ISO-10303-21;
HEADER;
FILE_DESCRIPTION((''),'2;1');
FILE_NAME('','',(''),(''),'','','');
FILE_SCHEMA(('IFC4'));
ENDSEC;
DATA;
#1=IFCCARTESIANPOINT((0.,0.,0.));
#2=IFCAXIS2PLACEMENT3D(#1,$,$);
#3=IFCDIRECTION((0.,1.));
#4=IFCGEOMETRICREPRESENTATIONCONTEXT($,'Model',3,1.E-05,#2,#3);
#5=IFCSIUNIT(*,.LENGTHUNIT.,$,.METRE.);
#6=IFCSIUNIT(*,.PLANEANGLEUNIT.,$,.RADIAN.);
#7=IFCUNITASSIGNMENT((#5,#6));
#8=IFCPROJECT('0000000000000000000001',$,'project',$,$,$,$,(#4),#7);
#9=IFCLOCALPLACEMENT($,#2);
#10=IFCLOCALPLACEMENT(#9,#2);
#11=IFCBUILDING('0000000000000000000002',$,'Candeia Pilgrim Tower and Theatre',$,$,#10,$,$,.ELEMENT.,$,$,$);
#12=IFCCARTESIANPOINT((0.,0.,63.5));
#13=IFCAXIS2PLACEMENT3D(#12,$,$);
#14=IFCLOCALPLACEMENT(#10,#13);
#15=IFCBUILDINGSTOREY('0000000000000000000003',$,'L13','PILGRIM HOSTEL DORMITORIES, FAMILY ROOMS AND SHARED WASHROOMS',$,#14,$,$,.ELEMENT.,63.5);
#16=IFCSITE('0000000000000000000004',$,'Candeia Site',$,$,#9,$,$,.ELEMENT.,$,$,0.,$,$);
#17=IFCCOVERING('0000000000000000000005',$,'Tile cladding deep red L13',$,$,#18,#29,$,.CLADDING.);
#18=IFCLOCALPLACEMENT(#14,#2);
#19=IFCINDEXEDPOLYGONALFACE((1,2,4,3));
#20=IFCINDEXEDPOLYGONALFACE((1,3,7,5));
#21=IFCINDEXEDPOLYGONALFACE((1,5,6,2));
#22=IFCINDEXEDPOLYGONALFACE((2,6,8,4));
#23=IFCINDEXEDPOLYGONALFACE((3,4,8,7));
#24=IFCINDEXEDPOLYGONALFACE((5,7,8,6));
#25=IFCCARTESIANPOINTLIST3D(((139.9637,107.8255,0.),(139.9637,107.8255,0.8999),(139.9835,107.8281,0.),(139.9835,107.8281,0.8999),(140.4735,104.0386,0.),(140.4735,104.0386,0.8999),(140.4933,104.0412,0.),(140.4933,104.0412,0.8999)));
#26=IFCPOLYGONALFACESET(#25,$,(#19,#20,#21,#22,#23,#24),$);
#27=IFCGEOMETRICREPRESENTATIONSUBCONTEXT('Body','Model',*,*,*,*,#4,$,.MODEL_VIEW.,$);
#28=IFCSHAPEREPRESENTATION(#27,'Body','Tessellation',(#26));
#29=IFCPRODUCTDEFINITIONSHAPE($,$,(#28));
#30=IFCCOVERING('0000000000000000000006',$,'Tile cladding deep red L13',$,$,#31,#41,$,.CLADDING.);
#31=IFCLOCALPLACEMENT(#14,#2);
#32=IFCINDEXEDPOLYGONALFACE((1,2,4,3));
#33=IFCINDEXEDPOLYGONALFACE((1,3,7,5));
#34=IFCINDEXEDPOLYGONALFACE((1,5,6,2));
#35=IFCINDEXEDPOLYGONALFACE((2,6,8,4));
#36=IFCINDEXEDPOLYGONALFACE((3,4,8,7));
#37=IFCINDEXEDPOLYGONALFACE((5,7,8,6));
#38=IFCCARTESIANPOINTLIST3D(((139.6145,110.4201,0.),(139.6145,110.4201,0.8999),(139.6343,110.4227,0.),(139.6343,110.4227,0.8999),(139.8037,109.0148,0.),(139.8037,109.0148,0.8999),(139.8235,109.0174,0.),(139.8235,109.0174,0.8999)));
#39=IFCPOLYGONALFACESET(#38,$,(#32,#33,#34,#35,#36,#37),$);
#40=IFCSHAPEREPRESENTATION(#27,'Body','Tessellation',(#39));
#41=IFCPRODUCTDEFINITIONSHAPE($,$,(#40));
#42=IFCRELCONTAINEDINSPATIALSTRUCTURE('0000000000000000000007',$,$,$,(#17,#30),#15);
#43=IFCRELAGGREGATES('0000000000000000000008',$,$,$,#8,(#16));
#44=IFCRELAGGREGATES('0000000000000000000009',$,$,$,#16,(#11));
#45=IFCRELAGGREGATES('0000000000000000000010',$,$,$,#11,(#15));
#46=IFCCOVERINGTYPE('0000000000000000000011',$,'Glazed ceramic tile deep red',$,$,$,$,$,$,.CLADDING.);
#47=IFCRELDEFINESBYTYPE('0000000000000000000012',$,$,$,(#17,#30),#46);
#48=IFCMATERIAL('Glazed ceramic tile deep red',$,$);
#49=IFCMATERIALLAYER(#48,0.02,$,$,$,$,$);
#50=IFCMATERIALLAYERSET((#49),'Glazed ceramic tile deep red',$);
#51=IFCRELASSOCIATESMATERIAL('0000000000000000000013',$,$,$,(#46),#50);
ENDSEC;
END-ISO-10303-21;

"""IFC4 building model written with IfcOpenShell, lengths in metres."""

from ifc_helpers import new_model, si_unit, direction, frame, origin, origin_2d, place, context, subcontext, project, spatial, rectangle, extrude, material, layer, layer_set, type_object, element, save


model = new_model("IFC4")

# Units and contexts
model_context = context("Model", 3, precision=1e-05, world=origin(), true_north=direction((0.0, 1.0)))
body_context = subcontext(model_context, "Body", "Model", "MODEL_VIEW")
ifc_project = project(units=[si_unit("LENGTHUNIT", "METRE"), si_unit("PLANEANGLEUNIT", "RADIAN")], contexts=[model_context])

# Site, building, storey
site_placement = place(None, origin())
site = spatial("IfcSite", under=ifc_project, at=site_placement, Name="Candeia Site", CompositionType="ELEMENT", RefElevation=0.0)
building_placement = place(site_placement, origin())
building = spatial("IfcBuilding", under=site, at=building_placement, Name="Candeia Pilgrim Tower and Theatre", CompositionType="ELEMENT")
storey_placement = place(building_placement, frame((0.0, 0.0, 63.5)))
storey = spatial("IfcBuildingStorey", under=building, at=storey_placement, Name="L13", Description="PILGRIM HOSTEL DORMITORIES, FAMILY ROOMS AND SHARED WASHROOMS", CompositionType="ELEMENT", Elevation=63.5)

# Coverings
ifc_material_1 = material(Name="Glazed ceramic tile deep red")
ifc_layer_1 = layer(ifc_material_1, 0.02)
ifc_layer_set_1 = layer_set([ifc_layer_1], Name="Glazed ceramic tile deep red")
covering_type = type_object("IfcCoveringType", Name="Glazed ceramic tile deep red", PredefinedType="CLADDING", material=ifc_layer_set_1)
covering_1_placement = place(storey_placement, frame((140.2285, 105.9333, 0.0), z_axis=(0.0, 0.0, 1.0), x_axis=(-0.133412, 0.991061, 0.0)))
element("IfcCovering", 1, at=covering_1_placement, inside=storey, type_object=covering_type, Name="Tile cladding deep red L13", PredefinedType="CLADDING", context=body_context, shape_type="SweptSolid", body=[
    extrude(rectangle(XDim=3.821, YDim=0.02, at=origin_2d()), origin(), (0.0, 0.0, 1.0), 0.8999),
])
covering_2_placement = place(storey_placement, frame((139.719, 109.7188, 0.0), z_axis=(0.0, 0.0, 1.0), x_axis=(-0.133412, 0.991061, 0.0)))
element("IfcCovering", 2, at=covering_2_placement, inside=storey, type_object=covering_type, Name="Tile cladding deep red L13", PredefinedType="CLADDING", context=body_context, shape_type="SweptSolid", body=[
    extrude(rectangle(XDim=1.418, YDim=0.02, at=origin_2d()), origin(), (0.0, 0.0, 1.0), 0.8999),
])

save(model, "model.ifc")
